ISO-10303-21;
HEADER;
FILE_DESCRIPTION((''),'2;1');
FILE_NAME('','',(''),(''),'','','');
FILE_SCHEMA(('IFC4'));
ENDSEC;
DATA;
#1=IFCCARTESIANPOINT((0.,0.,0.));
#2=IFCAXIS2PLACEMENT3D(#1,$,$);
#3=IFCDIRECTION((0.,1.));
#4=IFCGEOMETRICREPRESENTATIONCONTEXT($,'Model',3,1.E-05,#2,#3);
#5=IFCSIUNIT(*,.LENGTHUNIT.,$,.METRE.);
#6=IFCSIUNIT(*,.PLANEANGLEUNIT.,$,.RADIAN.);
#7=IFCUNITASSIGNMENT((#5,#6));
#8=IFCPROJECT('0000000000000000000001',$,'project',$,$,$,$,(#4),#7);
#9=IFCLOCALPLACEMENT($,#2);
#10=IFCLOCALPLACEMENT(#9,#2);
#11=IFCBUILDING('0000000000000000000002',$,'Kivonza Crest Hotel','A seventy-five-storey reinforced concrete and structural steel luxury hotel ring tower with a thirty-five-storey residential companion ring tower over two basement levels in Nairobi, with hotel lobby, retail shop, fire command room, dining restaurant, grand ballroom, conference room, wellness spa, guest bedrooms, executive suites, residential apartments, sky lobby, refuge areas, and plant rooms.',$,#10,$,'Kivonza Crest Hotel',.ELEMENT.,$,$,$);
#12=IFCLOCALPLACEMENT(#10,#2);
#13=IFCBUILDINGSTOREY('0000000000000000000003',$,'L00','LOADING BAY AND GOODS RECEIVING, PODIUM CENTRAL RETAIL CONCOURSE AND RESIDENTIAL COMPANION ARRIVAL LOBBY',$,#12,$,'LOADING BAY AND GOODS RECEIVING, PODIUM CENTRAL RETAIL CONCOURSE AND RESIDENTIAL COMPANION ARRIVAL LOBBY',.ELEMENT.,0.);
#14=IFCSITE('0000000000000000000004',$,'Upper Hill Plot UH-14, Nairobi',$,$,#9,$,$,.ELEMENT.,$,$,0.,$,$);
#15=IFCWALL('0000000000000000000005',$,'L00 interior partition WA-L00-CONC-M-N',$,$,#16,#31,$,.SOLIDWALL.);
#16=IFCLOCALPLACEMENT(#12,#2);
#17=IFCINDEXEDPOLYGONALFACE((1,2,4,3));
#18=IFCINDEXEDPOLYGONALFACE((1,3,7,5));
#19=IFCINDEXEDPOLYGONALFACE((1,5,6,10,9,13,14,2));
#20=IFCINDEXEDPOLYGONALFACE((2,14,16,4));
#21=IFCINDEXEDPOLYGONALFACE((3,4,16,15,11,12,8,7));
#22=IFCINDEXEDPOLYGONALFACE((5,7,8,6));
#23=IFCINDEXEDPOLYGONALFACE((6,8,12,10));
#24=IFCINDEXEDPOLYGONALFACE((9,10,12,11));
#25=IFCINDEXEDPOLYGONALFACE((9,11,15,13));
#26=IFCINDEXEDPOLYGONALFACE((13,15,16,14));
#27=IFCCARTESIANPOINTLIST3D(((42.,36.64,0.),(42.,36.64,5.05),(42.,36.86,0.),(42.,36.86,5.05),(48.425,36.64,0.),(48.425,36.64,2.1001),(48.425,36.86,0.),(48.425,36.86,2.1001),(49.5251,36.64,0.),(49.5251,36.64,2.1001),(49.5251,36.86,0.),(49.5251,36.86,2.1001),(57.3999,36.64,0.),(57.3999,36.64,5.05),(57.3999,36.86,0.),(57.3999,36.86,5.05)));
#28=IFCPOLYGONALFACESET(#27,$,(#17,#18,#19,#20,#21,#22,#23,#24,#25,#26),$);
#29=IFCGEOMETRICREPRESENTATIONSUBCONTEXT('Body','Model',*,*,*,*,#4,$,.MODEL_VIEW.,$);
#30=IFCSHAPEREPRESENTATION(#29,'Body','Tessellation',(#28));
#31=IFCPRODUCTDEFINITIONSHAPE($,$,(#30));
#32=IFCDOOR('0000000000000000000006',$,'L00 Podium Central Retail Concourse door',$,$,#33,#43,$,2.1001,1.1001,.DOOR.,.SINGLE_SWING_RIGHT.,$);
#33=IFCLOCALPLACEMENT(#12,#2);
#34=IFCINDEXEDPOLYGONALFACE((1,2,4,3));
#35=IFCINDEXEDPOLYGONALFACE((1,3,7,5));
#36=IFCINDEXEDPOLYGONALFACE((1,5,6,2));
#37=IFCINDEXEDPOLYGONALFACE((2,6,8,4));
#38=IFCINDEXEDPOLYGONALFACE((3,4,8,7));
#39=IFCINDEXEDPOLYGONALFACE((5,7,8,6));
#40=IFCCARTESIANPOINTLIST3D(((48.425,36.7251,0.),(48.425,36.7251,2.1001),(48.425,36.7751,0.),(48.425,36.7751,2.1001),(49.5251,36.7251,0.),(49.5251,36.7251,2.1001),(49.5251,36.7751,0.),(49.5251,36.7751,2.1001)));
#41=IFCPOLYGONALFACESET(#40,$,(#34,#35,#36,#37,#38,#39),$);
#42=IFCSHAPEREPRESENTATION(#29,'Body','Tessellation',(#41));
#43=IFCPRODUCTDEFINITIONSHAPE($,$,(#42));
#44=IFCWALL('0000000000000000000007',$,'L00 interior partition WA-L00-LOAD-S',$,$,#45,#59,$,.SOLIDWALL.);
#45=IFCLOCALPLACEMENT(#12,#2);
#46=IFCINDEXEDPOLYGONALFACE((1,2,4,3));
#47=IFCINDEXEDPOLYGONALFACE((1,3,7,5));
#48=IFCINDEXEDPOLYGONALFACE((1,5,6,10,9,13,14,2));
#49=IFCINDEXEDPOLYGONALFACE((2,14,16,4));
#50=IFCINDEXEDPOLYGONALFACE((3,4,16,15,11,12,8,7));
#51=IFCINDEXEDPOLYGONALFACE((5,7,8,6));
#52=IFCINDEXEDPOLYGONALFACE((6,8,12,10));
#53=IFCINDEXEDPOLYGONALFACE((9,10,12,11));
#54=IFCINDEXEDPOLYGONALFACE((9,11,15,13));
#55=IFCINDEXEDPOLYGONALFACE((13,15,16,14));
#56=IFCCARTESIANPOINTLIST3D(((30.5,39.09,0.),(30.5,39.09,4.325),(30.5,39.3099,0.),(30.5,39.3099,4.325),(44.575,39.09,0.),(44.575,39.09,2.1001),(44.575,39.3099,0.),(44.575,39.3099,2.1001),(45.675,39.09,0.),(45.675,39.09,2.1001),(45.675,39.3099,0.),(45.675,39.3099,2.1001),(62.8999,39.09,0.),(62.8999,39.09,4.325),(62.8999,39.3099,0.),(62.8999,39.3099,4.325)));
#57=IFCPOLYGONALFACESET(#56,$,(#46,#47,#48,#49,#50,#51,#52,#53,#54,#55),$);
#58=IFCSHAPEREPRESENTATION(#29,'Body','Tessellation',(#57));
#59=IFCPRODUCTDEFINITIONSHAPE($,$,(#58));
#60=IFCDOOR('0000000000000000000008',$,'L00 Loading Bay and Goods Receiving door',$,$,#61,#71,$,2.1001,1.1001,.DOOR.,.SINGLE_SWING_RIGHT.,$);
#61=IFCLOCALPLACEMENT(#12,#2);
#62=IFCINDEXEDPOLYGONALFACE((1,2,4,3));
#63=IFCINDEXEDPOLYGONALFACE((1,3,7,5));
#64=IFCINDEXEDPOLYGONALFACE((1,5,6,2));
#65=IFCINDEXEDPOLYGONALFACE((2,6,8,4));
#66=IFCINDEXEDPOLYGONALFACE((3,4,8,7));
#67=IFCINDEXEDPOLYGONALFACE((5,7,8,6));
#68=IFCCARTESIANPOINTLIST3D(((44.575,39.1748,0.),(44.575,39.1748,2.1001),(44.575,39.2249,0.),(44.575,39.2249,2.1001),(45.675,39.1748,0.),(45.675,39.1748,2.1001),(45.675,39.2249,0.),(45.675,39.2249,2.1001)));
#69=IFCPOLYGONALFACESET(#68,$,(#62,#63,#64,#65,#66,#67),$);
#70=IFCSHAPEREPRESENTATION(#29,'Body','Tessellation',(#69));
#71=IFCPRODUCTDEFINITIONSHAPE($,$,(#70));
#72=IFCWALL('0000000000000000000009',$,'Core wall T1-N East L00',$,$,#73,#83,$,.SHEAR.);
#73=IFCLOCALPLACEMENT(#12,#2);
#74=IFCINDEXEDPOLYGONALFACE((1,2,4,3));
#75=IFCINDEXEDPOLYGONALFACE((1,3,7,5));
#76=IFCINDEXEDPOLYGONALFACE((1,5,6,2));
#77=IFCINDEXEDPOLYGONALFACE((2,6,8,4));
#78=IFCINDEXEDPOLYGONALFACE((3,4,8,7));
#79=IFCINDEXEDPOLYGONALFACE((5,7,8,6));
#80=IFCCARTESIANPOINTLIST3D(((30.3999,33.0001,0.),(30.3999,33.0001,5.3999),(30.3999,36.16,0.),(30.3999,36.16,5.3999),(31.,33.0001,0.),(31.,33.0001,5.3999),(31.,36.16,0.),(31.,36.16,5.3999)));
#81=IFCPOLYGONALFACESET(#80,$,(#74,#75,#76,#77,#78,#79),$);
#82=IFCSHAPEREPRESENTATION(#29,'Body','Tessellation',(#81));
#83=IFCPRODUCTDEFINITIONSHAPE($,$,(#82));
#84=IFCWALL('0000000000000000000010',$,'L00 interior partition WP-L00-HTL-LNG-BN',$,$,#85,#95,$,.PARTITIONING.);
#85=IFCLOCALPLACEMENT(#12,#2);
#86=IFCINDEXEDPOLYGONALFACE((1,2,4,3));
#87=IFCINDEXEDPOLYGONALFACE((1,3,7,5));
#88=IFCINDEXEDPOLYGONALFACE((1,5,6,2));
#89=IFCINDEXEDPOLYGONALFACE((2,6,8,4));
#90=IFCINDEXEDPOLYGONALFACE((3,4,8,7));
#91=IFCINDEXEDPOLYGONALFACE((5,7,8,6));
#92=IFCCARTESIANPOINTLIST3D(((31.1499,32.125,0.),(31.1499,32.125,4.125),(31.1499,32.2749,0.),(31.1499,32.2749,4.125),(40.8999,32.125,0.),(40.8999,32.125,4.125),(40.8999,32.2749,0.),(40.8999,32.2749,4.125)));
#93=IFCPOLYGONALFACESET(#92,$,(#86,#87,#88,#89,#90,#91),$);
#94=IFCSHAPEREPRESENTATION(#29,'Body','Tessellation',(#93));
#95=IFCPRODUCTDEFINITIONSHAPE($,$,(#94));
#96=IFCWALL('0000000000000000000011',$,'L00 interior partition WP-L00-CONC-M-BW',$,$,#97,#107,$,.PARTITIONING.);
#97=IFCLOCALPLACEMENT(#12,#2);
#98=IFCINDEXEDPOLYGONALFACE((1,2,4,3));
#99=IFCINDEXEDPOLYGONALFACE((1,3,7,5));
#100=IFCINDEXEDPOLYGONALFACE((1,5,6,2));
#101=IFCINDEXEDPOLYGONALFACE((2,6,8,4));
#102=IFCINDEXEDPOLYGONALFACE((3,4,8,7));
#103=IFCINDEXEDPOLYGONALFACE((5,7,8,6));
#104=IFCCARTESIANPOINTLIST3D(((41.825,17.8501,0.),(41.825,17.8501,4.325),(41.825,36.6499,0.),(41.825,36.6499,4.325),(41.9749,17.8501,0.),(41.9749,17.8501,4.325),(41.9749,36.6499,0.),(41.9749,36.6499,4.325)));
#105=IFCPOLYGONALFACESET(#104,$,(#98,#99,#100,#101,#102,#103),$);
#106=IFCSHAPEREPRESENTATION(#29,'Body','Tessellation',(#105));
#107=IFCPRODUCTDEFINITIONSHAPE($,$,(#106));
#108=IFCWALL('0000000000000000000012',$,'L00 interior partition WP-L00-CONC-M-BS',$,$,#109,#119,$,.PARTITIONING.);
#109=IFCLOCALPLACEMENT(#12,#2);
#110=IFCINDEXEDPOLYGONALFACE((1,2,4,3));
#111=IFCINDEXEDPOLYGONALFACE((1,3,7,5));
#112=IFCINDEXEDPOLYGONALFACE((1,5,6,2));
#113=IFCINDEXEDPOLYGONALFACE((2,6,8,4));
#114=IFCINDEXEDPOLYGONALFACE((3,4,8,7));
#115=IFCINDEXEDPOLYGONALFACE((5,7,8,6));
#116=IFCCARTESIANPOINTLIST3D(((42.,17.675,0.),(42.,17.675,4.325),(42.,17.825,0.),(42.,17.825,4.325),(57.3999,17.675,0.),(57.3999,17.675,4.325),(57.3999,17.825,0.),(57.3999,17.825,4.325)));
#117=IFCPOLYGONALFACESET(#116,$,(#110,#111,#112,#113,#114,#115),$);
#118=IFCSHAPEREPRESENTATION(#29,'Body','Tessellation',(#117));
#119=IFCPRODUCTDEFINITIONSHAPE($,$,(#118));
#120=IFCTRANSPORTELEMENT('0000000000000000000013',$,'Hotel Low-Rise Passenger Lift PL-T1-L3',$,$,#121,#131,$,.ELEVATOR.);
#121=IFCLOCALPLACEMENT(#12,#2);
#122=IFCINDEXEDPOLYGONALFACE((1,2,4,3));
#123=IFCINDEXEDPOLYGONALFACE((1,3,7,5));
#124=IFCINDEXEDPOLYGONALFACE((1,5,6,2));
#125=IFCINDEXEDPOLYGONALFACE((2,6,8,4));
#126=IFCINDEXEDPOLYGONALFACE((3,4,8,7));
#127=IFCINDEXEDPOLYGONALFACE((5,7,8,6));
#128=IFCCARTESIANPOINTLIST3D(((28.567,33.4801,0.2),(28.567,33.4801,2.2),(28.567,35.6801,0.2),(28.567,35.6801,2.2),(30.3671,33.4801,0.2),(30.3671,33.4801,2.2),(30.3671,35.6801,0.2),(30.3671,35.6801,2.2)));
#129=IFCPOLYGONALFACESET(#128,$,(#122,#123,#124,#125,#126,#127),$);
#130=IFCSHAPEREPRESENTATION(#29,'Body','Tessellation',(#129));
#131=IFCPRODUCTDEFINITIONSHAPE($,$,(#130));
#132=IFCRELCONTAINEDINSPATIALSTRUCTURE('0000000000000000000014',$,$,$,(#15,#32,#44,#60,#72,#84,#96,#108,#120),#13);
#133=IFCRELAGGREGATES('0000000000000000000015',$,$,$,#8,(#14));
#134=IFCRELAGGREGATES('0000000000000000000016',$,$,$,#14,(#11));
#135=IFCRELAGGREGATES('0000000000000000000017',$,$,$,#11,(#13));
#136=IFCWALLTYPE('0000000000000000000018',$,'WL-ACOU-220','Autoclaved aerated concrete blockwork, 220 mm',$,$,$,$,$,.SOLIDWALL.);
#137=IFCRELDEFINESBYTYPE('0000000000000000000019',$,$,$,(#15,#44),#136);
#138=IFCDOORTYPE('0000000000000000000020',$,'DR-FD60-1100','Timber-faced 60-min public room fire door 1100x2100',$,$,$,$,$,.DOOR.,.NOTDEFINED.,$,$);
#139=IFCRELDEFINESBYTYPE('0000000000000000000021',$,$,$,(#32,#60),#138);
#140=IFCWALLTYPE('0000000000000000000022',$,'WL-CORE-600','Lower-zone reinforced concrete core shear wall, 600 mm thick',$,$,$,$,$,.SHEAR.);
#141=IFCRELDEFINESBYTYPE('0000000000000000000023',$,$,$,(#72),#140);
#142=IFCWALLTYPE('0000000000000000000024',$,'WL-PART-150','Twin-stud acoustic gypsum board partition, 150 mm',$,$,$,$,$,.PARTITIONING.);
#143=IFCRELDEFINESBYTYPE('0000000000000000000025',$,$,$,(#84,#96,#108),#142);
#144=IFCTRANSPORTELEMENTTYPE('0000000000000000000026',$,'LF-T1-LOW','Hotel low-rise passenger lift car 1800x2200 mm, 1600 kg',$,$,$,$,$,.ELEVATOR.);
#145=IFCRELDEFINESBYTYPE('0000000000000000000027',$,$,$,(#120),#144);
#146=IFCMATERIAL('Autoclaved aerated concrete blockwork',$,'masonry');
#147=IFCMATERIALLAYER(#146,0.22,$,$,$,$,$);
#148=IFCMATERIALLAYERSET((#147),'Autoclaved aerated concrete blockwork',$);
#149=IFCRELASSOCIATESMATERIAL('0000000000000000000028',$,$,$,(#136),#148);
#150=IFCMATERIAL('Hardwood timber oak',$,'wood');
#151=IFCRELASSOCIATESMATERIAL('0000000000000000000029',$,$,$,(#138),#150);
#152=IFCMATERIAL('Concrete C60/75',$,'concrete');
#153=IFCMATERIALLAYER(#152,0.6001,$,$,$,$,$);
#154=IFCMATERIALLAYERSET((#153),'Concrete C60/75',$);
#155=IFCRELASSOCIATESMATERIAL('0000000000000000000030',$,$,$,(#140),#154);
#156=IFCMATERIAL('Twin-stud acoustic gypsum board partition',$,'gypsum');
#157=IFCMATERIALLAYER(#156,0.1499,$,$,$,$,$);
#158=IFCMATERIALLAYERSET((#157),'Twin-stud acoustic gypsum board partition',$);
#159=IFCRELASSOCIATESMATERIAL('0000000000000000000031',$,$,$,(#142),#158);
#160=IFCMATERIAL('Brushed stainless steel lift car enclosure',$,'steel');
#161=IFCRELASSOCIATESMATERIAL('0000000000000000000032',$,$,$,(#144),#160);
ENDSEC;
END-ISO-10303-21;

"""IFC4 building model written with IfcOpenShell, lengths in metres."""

from ifc_helpers import new_model, si_unit, direction, frame, frame_2d, origin, origin_2d, place, context, subcontext, project, spatial, rectangle, extrude, material, layer, layer_set, type_object, element, fill, save


model = new_model("IFC4")

# Units and contexts
model_context = context("Model", 3, precision=1e-05, world=origin(), true_north=direction((0.0, 1.0)))
body_context = subcontext(model_context, "Body", "Model", "MODEL_VIEW")
ifc_project = project(units=[si_unit("LENGTHUNIT", "METRE"), si_unit("PLANEANGLEUNIT", "RADIAN")], contexts=[model_context])

# Site, building, storey
site_placement = place(None, origin())
site = spatial("IfcSite", under=ifc_project, at=site_placement, Name="Upper Hill Plot UH-14, Nairobi", CompositionType="ELEMENT", RefElevation=0.0)
building_placement = place(site_placement, origin())
building = spatial("IfcBuilding", under=site, at=building_placement, Name="Kivonza Crest Hotel", Description="A seventy-five-storey reinforced concrete and structural steel luxury hotel ring tower with a thirty-five-storey residential companion ring tower over two basement levels in Nairobi, with hotel lobby, retail shop, fire command room, dining restaurant, grand ballroom, conference room, wellness spa, guest bedrooms, executive suites, residential apartments, sky lobby, refuge areas, and plant rooms.", LongName="Kivonza Crest Hotel", CompositionType="ELEMENT")
storey_placement = place(building_placement, origin())
storey = spatial("IfcBuildingStorey", under=building, at=storey_placement, Name="L00", Description="LOADING BAY AND GOODS RECEIVING, PODIUM CENTRAL RETAIL CONCOURSE AND RESIDENTIAL COMPANION ARRIVAL LOBBY", LongName="LOADING BAY AND GOODS RECEIVING, PODIUM CENTRAL RETAIL CONCOURSE AND RESIDENTIAL COMPANION ARRIVAL LOBBY", CompositionType="ELEMENT", Elevation=0.0)

# Shared definitions
ifc_material_1 = material(Name="Concrete C60/75", Category="concrete")

# Walls, openings, doors
ifc_material_2 = material(Name="Autoclaved aerated concrete blockwork", Category="masonry")
ifc_layer_1 = layer(ifc_material_2, 0.22)
ifc_layer_set_1 = layer_set([ifc_layer_1], Name="Autoclaved aerated concrete blockwork")
wall_type_1 = type_object("IfcWallType", Name="WL-ACOU-220", Description="Autoclaved aerated concrete blockwork, 220 mm", PredefinedType="SOLIDWALL", material=ifc_layer_set_1)
wall_1_placement = place(storey_placement, frame((42.0, 36.75, 0.0), z_axis=(0.0, 0.0, 1.0), x_axis=(1.0, 0.0, 0.0)))
wall_1 = element("IfcWall", 1, at=wall_1_placement, inside=storey, type_object=wall_type_1, Name="L00 interior partition WA-L00-CONC-M-N", PredefinedType="SOLIDWALL", context=body_context, shape_type="SweptSolid", body=[
    extrude(rectangle(XDim=15.3999, YDim=0.22, at=frame_2d((7.7, 0.0))), origin(), (0.0, 0.0, 1.0), 5.05),
])
opening_1_placement = place(wall_1_placement, frame((6.425, 0.0, 0.0)))
opening_1 = element("IfcOpeningElement", 2, at=opening_1_placement, cuts=wall_1, PredefinedType="OPENING", context=body_context, shape_type="SweptSolid", body=[
    extrude(rectangle(XDim=1.1001, YDim=2.1001, at=frame_2d((0.55, 1.05))), frame((0.0, 0.1201, 0.0), z_axis=(0.0, -1.0, 0.0), x_axis=(1.0, 0.0, 0.0)), (0.0, 0.0, 1.0), 0.24),
])
ifc_material_3 = material(Name="Hardwood timber oak", Category="wood")
door_type = type_object("IfcDoorType", Name="DR-FD60-1100", Description="Timber-faced 60-min public room fire door 1100x2100", OperationType="NOTDEFINED", PredefinedType="DOOR", material=ifc_material_3)
door_1_placement = place(opening_1_placement, frame((1.1001, 0.0, 0.0), z_axis=(0.0, 0.0, 1.0), x_axis=(-1.0, 0.0, 0.0)))
door_1 = element("IfcDoor", 3, at=door_1_placement, inside=storey, type_object=door_type, Name="L00 Podium Central Retail Concourse door", OperationType="SINGLE_SWING_RIGHT", OverallHeight=2.1001, OverallWidth=1.1001, PredefinedType="DOOR", context=body_context, shape_type="SweptSolid", body=[
    extrude(rectangle(XDim=1.1001, YDim=2.1001, at=frame_2d((0.55, 1.05))), frame((0.0, 0.0249, 0.0), z_axis=(0.0, -1.0, 0.0), x_axis=(1.0, 0.0, 0.0)), (0.0, 0.0, 1.0), 0.05),
])
fill(opening_1, door_1)
wall_2_placement = place(storey_placement, frame((30.5, 39.2, 0.0), z_axis=(0.0, 0.0, 1.0), x_axis=(1.0, 0.0, 0.0)))
wall_2 = element("IfcWall", 4, at=wall_2_placement, inside=storey, type_object=wall_type_1, Name="L00 interior partition WA-L00-LOAD-S", PredefinedType="SOLIDWALL", context=body_context, shape_type="SweptSolid", body=[
    extrude(rectangle(XDim=32.3999, YDim=0.22, at=frame_2d((16.2, 0.0))), origin(), (0.0, 0.0, 1.0), 4.325),
])
opening_2_placement = place(wall_2_placement, frame((14.075, 0.0, 0.0)))
opening_2 = element("IfcOpeningElement", 5, at=opening_2_placement, cuts=wall_2, PredefinedType="OPENING", context=body_context, shape_type="SweptSolid", body=[
    extrude(rectangle(XDim=1.1001, YDim=2.1001, at=frame_2d((0.55, 1.05))), frame((0.0, 0.1201, 0.0), z_axis=(0.0, -1.0, 0.0), x_axis=(1.0, 0.0, 0.0)), (0.0, 0.0, 1.0), 0.24),
])
door_2_placement = place(opening_2_placement, origin())
door_2 = element("IfcDoor", 6, at=door_2_placement, inside=storey, type_object=door_type, Name="L00 Loading Bay and Goods Receiving door", OperationType="SINGLE_SWING_RIGHT", OverallHeight=2.1001, OverallWidth=1.1001, PredefinedType="DOOR", context=body_context, shape_type="SweptSolid", body=[
    extrude(rectangle(XDim=1.1001, YDim=2.1001, at=frame_2d((0.55, 1.05))), frame((0.0, 0.0249, 0.0), z_axis=(0.0, -1.0, 0.0), x_axis=(1.0, 0.0, 0.0)), (0.0, 0.0, 1.0), 0.05),
])
fill(opening_2, door_2)

# Walls
ifc_layer_2 = layer(ifc_material_1, 0.6001)
ifc_layer_set_2 = layer_set([ifc_layer_2], Name="Concrete C60/75")
wall_type_2 = type_object("IfcWallType", Name="WL-CORE-600", Description="Lower-zone reinforced concrete core shear wall, 600 mm thick", PredefinedType="SHEAR", material=ifc_layer_set_2)
wall_3_placement = place(storey_placement, frame((30.7, 33.0, 0.0), z_axis=(0.0, 0.0, 1.0), x_axis=(0.0, 1.0, 0.0)))
element("IfcWall", 7, at=wall_3_placement, inside=storey, type_object=wall_type_2, Name="Core wall T1-N East L00", PredefinedType="SHEAR", context=body_context, shape_type="SweptSolid", body=[
    extrude(rectangle(XDim=3.1599, YDim=0.6001, at=frame_2d((1.5801, 0.0))), origin(), (0.0, 0.0, 1.0), 5.3999),
])
ifc_material_4 = material(Name="Twin-stud acoustic gypsum board partition", Category="gypsum")
ifc_layer_3 = layer(ifc_material_4, 0.1499)
ifc_layer_set_3 = layer_set([ifc_layer_3], Name="Twin-stud acoustic gypsum board partition")
wall_type_3 = type_object("IfcWallType", Name="WL-PART-150", Description="Twin-stud acoustic gypsum board partition, 150 mm", PredefinedType="PARTITIONING", material=ifc_layer_set_3)
wall_4_placement = place(storey_placement, frame((31.1499, 32.2, 0.0), z_axis=(0.0, 0.0, 1.0), x_axis=(1.0, 0.0, 0.0)))
element("IfcWall", 8, at=wall_4_placement, inside=storey, type_object=wall_type_3, Name="L00 interior partition WP-L00-HTL-LNG-BN", PredefinedType="PARTITIONING", context=body_context, shape_type="SweptSolid", body=[
    extrude(rectangle(XDim=9.75, YDim=0.1499, at=frame_2d((4.875, 0.0))), origin(), (0.0, 0.0, 1.0), 4.125),
])
wall_5_placement = place(storey_placement, frame((41.8999, 17.8501, 0.0), z_axis=(0.0, 0.0, 1.0), x_axis=(0.0, 1.0, 0.0)))
element("IfcWall", 9, at=wall_5_placement, inside=storey, type_object=wall_type_3, Name="L00 interior partition WP-L00-CONC-M-BW", PredefinedType="PARTITIONING", context=body_context, shape_type="SweptSolid", body=[
    extrude(rectangle(XDim=18.7998, YDim=0.1499, at=frame_2d((9.3999, 0.0))), origin(), (0.0, 0.0, 1.0), 4.325),
])
wall_6_placement = place(storey_placement, frame((42.0, 17.75, 0.0), z_axis=(0.0, 0.0, 1.0), x_axis=(1.0, 0.0, 0.0)))
element("IfcWall", 10, at=wall_6_placement, inside=storey, type_object=wall_type_3, Name="L00 interior partition WP-L00-CONC-M-BS", PredefinedType="PARTITIONING", context=body_context, shape_type="SweptSolid", body=[
    extrude(rectangle(XDim=15.3999, YDim=0.1499, at=frame_2d((7.7, 0.0))), origin(), (0.0, 0.0, 1.0), 4.325),
])

# Transport element
ifc_material_5 = material(Name="Brushed stainless steel lift car enclosure", Category="steel")
transport_element_type = type_object("IfcTransportElementType", Name="LF-T1-LOW", Description="Hotel low-rise passenger lift car 1800x2200 mm, 1600 kg", PredefinedType="ELEVATOR", material=ifc_material_5)
transport_element_placement = place(storey_placement, frame((29.467, 34.5801, 0.2), z_axis=(0.0, 0.0, 1.0), x_axis=(1.0, 0.0, 0.0)))
element("IfcTransportElement", 11, at=transport_element_placement, inside=storey, type_object=transport_element_type, Name="Hotel Low-Rise Passenger Lift PL-T1-L3", PredefinedType="ELEVATOR", context=body_context, shape_type="SweptSolid", body=[
    extrude(rectangle(XDim=1.8, YDim=2.2, at=origin_2d()), origin(), (0.0, 0.0, 1.0), 2.0),
])

save(model, "model.ifc")
